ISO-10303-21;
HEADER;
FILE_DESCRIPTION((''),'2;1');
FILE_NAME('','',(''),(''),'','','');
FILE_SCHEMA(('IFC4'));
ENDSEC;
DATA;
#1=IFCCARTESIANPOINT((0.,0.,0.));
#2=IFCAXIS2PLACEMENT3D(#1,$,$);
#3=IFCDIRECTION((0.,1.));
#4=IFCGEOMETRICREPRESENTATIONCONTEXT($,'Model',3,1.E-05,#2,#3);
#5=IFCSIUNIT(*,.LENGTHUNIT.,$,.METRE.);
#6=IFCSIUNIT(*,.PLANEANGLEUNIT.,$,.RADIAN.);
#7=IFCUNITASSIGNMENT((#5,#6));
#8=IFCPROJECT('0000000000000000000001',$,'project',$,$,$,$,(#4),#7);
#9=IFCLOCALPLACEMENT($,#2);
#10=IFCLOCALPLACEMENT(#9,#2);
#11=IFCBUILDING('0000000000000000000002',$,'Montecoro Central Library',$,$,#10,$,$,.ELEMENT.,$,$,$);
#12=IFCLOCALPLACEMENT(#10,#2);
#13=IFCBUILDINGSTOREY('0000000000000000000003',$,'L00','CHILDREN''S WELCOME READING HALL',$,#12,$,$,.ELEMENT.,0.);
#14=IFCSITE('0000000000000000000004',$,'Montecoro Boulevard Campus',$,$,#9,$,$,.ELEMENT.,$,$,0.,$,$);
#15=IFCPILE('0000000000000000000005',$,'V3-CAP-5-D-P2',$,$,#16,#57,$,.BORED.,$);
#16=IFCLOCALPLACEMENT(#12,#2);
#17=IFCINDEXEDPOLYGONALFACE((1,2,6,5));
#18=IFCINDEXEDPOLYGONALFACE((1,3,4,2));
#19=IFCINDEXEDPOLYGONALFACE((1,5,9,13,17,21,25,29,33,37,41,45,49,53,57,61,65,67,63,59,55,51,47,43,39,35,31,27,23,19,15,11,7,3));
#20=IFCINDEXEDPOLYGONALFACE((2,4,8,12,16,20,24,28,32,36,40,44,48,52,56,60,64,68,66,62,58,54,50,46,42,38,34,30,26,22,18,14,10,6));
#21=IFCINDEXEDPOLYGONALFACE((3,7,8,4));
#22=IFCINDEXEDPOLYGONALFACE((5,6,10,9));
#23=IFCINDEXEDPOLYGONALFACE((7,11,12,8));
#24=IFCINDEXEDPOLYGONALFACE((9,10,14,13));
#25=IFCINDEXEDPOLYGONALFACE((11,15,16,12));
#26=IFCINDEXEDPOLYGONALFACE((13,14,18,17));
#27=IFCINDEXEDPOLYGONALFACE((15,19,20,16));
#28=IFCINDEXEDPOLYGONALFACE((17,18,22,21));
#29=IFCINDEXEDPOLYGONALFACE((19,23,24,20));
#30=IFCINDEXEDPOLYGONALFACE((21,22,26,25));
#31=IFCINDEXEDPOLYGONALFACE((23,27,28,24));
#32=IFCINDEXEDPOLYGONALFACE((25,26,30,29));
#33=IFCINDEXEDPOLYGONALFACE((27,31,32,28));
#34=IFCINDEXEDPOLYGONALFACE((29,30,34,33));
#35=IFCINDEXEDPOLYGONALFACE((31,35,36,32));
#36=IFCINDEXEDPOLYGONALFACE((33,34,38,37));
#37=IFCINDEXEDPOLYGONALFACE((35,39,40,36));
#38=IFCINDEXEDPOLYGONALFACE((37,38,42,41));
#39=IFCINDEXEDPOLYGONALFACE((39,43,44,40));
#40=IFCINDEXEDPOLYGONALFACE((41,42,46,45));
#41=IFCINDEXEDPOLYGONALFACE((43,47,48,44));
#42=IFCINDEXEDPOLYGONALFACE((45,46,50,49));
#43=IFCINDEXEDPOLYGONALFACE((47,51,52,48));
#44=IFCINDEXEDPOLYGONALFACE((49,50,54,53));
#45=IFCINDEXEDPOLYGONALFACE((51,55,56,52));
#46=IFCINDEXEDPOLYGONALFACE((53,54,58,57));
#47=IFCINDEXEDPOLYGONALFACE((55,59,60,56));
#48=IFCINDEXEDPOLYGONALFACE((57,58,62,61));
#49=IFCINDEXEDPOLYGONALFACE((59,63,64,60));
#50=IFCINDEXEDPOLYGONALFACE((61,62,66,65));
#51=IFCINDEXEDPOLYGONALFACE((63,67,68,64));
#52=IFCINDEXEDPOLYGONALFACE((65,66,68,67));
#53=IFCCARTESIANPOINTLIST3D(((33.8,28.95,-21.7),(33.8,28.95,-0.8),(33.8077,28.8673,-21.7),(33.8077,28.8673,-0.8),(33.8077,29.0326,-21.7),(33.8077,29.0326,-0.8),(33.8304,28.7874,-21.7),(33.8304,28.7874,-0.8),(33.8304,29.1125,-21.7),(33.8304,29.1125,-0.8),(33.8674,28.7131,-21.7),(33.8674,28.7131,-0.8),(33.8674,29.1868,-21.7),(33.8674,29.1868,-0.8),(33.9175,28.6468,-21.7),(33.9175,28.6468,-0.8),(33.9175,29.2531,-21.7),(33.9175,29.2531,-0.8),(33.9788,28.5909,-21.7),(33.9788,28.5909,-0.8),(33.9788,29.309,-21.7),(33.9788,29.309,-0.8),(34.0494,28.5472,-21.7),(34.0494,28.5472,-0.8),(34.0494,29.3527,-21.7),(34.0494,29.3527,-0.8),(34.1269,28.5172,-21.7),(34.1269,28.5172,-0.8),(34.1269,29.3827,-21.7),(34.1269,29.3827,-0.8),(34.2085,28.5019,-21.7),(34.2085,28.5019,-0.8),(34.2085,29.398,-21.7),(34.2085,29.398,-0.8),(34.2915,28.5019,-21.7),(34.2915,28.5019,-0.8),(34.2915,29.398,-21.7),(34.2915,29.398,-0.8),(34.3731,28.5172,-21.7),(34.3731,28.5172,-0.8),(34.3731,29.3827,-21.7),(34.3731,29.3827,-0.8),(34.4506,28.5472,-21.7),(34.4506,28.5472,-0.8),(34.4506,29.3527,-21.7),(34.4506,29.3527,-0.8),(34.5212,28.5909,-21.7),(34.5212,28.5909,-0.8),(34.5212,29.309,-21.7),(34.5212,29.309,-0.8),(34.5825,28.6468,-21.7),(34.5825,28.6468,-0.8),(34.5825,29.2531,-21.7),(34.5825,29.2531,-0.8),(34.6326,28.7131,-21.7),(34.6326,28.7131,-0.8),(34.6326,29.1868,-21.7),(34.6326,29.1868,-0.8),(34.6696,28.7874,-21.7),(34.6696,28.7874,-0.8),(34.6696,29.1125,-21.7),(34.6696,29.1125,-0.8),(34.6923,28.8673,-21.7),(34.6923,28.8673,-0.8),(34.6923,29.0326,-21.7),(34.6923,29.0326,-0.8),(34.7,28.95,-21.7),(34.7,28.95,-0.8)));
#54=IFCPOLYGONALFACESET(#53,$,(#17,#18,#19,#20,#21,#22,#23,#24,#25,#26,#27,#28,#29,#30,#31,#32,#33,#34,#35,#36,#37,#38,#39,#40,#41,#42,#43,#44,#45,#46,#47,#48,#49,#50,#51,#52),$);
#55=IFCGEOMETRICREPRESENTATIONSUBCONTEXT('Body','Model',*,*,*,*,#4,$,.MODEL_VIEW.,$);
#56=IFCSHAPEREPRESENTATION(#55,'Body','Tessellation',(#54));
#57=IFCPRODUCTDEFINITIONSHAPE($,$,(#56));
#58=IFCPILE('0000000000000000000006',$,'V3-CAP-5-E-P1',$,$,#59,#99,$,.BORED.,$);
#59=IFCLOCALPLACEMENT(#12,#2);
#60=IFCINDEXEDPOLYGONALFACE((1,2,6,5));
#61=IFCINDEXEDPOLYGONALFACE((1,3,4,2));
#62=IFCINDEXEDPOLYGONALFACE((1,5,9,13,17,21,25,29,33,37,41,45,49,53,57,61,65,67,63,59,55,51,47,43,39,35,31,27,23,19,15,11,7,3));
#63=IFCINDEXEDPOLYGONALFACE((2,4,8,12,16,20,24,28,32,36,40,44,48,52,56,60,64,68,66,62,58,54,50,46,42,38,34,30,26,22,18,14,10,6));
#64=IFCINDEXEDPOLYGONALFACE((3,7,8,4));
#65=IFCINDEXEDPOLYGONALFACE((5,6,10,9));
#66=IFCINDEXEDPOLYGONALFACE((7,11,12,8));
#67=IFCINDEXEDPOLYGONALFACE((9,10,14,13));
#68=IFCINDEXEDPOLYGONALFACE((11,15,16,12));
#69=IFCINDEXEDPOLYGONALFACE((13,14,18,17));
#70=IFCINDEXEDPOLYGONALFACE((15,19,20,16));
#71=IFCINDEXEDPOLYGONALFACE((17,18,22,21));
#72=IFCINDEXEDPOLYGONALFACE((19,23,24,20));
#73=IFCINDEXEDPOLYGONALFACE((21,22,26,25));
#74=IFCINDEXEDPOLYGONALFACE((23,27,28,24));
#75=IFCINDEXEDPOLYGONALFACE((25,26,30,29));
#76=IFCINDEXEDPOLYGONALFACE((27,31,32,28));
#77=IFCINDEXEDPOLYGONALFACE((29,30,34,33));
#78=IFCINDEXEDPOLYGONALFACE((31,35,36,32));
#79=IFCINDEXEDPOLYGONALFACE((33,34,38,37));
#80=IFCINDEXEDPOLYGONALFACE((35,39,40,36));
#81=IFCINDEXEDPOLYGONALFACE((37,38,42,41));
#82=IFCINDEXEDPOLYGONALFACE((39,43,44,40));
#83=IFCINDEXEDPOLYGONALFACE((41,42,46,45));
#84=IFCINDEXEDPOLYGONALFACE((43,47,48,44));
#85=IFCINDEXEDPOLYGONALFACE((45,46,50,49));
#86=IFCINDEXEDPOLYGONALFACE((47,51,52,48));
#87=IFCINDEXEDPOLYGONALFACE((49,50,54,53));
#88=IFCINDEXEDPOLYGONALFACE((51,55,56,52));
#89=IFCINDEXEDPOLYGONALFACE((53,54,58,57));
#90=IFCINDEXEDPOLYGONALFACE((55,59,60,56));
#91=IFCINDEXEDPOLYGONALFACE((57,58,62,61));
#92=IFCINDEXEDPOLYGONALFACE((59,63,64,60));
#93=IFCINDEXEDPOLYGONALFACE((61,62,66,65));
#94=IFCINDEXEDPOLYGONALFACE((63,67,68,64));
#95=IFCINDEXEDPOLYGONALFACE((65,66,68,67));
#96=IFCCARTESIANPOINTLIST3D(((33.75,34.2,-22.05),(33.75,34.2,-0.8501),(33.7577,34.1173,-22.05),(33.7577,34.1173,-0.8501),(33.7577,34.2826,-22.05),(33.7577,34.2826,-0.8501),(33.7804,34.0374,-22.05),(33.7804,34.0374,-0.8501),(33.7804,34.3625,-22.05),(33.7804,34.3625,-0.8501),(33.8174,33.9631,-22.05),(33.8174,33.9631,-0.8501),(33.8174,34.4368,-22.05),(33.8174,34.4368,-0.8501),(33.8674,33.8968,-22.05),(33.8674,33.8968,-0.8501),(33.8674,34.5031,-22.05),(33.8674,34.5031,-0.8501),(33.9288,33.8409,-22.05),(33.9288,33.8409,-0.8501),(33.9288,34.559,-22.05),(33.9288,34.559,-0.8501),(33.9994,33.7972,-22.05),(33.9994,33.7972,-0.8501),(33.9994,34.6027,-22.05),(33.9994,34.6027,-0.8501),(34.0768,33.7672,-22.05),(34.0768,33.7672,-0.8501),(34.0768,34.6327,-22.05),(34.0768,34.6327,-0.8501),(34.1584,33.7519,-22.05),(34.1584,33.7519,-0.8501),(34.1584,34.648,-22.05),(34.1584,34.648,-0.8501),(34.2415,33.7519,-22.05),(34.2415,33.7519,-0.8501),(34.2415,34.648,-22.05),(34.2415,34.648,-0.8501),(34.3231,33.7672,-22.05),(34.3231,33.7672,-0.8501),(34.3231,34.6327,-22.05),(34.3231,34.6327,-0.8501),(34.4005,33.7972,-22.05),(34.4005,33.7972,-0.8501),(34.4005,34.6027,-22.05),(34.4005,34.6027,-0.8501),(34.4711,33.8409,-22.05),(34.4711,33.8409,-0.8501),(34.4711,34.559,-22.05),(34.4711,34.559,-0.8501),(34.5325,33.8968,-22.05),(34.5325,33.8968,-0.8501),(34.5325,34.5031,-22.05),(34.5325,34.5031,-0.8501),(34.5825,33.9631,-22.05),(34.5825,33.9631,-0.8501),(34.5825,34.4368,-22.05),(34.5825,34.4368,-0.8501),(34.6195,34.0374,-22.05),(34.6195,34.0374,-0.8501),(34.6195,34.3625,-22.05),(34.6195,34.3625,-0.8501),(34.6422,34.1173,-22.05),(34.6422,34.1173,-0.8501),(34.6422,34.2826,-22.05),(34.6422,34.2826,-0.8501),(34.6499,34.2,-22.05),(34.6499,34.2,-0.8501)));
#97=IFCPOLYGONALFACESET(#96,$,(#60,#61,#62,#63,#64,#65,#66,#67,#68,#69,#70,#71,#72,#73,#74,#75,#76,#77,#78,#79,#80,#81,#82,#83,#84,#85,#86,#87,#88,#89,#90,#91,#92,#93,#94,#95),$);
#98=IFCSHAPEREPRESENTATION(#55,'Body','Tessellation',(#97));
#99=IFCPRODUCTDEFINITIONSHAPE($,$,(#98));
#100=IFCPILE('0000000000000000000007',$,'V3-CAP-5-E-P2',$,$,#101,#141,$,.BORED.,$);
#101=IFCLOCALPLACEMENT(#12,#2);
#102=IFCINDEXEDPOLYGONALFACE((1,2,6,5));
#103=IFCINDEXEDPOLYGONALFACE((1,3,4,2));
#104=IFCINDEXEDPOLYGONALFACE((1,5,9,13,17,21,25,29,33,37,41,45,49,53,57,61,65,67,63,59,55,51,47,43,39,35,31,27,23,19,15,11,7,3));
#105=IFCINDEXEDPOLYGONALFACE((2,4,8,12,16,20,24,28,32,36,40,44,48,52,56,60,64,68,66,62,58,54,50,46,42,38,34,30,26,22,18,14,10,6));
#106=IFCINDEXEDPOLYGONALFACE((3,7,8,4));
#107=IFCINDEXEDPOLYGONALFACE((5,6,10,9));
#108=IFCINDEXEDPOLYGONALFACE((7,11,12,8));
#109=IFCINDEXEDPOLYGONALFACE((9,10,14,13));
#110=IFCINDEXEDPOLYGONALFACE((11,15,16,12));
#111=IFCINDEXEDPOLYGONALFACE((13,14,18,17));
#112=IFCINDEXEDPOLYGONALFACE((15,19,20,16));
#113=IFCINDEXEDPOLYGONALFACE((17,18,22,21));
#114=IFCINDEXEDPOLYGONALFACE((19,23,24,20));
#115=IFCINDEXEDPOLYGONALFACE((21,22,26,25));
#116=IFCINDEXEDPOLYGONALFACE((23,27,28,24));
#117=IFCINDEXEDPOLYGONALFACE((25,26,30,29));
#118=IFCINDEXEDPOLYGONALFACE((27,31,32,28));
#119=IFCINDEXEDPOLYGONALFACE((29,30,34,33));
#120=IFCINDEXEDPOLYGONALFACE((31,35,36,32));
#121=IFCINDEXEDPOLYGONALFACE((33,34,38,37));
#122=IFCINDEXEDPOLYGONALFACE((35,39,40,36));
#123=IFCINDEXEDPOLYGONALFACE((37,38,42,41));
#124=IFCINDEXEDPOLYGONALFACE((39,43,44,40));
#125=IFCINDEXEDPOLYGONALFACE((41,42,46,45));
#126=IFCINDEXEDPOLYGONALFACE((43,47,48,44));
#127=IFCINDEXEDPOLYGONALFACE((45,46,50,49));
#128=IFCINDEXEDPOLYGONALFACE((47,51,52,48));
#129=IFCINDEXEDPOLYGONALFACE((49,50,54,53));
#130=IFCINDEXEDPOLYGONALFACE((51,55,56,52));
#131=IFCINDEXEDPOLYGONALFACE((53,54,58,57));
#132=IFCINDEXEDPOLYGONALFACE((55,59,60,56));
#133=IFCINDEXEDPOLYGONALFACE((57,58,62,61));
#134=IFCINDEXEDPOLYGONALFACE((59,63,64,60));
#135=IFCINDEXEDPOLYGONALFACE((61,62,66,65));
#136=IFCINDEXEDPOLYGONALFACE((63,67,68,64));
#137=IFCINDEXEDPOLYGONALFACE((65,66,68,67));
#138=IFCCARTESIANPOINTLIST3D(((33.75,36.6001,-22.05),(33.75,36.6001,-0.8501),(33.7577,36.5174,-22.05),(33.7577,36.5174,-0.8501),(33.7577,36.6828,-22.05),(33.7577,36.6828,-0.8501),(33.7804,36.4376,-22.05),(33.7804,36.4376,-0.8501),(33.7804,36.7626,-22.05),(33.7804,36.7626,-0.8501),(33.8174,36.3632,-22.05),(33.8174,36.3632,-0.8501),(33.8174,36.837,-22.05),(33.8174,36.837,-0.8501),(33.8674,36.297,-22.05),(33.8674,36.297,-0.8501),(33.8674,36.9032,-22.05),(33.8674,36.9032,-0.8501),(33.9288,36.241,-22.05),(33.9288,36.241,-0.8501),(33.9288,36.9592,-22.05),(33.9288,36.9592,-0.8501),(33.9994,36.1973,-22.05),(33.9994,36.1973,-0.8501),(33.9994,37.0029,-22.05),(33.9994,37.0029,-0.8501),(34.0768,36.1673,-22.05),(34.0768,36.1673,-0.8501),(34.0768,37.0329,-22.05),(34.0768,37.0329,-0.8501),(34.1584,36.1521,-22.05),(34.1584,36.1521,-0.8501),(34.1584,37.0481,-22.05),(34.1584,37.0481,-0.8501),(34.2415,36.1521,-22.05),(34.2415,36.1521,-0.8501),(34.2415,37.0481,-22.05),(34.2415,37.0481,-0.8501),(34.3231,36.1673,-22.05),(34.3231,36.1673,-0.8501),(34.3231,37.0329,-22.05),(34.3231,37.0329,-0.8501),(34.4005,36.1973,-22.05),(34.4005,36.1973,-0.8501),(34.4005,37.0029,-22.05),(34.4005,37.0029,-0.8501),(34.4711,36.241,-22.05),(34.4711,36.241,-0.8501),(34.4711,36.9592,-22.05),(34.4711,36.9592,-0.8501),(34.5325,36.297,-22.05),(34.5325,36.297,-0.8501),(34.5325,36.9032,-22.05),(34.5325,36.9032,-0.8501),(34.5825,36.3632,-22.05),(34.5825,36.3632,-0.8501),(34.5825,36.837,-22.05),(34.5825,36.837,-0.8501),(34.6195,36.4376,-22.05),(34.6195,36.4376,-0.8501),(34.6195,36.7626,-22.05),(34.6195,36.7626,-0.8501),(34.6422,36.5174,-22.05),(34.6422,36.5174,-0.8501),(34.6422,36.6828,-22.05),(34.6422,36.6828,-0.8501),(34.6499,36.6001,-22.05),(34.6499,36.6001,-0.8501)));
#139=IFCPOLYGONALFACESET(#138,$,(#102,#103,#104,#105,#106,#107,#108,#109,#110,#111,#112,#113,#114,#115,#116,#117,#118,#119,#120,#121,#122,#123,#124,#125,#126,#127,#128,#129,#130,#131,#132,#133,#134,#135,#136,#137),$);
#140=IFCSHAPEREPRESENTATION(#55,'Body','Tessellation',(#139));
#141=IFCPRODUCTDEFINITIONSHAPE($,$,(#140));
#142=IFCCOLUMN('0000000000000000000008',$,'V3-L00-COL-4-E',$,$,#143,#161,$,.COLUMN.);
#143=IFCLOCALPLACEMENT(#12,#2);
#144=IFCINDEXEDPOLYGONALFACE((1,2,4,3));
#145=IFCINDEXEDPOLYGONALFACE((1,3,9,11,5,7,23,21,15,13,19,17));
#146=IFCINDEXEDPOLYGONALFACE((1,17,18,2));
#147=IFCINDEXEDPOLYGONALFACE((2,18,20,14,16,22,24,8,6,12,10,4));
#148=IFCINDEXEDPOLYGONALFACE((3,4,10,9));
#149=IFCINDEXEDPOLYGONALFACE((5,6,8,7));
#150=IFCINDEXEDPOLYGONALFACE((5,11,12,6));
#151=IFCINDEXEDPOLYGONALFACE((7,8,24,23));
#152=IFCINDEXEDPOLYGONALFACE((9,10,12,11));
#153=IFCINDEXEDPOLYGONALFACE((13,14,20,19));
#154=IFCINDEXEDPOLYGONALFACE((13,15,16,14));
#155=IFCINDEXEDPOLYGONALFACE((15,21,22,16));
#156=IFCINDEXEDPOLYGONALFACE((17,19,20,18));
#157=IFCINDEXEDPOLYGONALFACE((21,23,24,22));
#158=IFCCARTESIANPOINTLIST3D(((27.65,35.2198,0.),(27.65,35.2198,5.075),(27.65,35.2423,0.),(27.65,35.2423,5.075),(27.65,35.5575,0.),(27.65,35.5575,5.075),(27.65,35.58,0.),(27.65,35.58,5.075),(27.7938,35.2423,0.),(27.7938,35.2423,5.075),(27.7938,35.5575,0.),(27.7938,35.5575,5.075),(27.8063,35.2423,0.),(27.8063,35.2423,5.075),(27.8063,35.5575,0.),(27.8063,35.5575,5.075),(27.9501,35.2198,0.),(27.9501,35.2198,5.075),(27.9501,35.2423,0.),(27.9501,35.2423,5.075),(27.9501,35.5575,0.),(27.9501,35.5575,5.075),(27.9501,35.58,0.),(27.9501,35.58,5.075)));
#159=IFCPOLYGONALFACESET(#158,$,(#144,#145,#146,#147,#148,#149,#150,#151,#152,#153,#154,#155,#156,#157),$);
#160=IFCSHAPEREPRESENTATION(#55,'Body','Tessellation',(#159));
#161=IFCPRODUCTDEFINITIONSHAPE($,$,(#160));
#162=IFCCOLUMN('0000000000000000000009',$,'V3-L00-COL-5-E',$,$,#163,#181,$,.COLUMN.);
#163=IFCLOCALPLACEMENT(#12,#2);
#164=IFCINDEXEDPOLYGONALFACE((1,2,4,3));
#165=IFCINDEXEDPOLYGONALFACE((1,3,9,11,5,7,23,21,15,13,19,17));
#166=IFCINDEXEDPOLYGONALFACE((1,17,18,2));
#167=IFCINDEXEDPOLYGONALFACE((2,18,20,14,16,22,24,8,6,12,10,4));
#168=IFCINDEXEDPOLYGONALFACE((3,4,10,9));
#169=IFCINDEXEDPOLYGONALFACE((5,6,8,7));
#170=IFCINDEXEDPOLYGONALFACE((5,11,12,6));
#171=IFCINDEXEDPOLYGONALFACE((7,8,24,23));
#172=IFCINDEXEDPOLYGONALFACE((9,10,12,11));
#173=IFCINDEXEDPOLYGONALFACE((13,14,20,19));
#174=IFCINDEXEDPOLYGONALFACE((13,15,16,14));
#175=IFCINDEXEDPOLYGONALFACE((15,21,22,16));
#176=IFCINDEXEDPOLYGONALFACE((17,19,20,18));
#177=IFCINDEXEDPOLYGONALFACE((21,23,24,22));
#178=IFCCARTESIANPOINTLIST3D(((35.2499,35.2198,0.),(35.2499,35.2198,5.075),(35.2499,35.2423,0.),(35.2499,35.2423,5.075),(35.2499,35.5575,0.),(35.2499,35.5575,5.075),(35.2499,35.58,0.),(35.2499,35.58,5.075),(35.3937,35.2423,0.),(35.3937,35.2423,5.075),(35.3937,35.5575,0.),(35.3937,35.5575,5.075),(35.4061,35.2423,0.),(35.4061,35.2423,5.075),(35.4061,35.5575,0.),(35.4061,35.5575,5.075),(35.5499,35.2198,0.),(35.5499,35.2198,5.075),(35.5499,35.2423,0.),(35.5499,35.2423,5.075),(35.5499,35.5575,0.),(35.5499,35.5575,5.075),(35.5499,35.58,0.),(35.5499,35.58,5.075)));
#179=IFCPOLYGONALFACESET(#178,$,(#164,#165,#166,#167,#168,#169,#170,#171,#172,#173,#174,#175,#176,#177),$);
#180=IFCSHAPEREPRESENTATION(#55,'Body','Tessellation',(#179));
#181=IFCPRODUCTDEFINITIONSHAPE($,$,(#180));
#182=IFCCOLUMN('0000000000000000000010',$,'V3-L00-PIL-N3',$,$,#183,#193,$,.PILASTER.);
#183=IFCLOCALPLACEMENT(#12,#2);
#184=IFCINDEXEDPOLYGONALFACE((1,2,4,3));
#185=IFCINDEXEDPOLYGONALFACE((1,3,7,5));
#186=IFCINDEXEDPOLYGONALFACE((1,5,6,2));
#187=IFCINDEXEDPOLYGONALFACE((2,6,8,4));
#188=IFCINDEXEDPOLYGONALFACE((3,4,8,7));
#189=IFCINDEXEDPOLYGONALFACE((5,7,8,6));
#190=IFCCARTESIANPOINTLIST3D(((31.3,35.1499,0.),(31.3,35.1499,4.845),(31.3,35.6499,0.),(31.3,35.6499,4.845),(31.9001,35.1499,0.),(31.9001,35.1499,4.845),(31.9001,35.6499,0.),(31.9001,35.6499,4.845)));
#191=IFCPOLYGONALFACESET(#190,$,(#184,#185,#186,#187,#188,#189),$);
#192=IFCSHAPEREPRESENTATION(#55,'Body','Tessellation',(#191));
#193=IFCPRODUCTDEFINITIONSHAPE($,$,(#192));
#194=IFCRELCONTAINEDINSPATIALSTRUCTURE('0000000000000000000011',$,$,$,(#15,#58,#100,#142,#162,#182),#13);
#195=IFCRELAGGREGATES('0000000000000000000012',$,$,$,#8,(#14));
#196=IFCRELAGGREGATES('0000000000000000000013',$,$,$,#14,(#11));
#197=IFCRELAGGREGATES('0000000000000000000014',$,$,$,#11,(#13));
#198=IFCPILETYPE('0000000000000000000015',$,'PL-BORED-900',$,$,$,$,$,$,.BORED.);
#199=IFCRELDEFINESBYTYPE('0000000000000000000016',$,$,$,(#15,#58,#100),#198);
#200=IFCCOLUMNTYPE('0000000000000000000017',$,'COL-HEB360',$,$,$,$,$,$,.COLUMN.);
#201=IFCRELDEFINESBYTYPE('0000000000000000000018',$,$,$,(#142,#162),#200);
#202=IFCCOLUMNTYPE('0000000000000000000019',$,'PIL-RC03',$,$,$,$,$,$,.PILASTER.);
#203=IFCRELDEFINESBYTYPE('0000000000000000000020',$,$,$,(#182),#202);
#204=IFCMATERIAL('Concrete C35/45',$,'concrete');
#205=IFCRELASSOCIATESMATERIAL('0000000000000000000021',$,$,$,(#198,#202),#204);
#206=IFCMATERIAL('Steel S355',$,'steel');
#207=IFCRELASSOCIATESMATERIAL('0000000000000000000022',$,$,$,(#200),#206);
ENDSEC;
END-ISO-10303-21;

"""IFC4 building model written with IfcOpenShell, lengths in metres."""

from ifc_helpers import new_model, si_unit, direction, frame, origin, origin_2d, place, context, subcontext, project, spatial, rectangle, circle, i_section, extrude, material, material_profile, profile_set, type_object, element, save


model = new_model("IFC4")

# Units and contexts
model_context = context("Model", 3, precision=1e-05, world=origin(), true_north=direction((0.0, 1.0)))
body_context = subcontext(model_context, "Body", "Model", "MODEL_VIEW")
ifc_project = project(units=[si_unit("LENGTHUNIT", "METRE"), si_unit("PLANEANGLEUNIT", "RADIAN")], contexts=[model_context])

# Site, building, storey
site_placement = place(None, origin())
site = spatial("IfcSite", under=ifc_project, at=site_placement, Name="Montecoro Boulevard Campus", CompositionType="ELEMENT", RefElevation=0.0)
building_placement = place(site_placement, origin())
building = spatial("IfcBuilding", under=site, at=building_placement, Name="Montecoro Central Library", CompositionType="ELEMENT")
storey_placement = place(building_placement, origin())
storey = spatial("IfcBuildingStorey", under=building, at=storey_placement, Name="L00", Description="CHILDREN'S WELCOME READING HALL", CompositionType="ELEMENT", Elevation=0.0)

# Shared definitions
ifc_material_1 = material(Name="Concrete C35/45", Category="concrete")

# Piles
ifc_material_profile_1 = material_profile(ifc_material_1, circle(Radius=0.45, at=origin_2d()), Name="PILE D900")
ifc_profile_set_1 = profile_set([ifc_material_profile_1], Name="Concrete C35/45")
pile_type_1 = type_object("IfcPileType", Name="PL-BORED-900", PredefinedType="BORED", material=ifc_profile_set_1)
pile_1_placement = place(storey_placement, frame((34.25, 28.95, -0.8), z_axis=(0.0, 0.0, -1.0), x_axis=(1.0, 0.0, 0.0)))
element("IfcPile", 1, at=pile_1_placement, inside=storey, type_object=pile_type_1, Name="V3-CAP-5-D-P2", PredefinedType="BORED", context=body_context, shape_type="SweptSolid", body=[
    extrude(circle(Radius=0.45, at=origin_2d()), origin(), (0.0, 0.0, 1.0), 20.8999),
])
for number, where, z_axis, x_axis, name in (
    (2, (34.2, 34.2, -0.8501), (0.0, 0.0, -1.0), (1.0, 0.0, 0.0), "V3-CAP-5-E-P1"),
    (3, (34.2, 36.6001, -0.8501), (0.0, 0.0, -1.0), (1.0, 0.0, 0.0), "V3-CAP-5-E-P2"),
):
    element("IfcPile", number, at=place(storey_placement, frame(where, z_axis=z_axis, x_axis=x_axis)), inside=storey, type_object=pile_type_1, Name=name, PredefinedType="BORED", context=body_context, shape_type="SweptSolid", body=[
        extrude(circle(Radius=0.45, at=origin_2d()), origin(), (0.0, 0.0, 1.0), 21.2),
    ])

# Columns
ifc_material_2 = material(Name="Steel S355", Category="steel")
ifc_material_profile_2 = material_profile(ifc_material_2, i_section(OverallWidth=0.3, OverallDepth=0.3601, WebThickness=0.0125, FlangeThickness=0.0225, at=origin_2d()), Name="HEB 360")
ifc_profile_set_2 = profile_set([ifc_material_profile_2], Name="Steel S355")
column_type_1 = type_object("IfcColumnType", Name="COL-HEB360", PredefinedType="COLUMN", material=ifc_profile_set_2)
for number, where, z_axis, x_axis, name in (
    (4, (27.8, 35.3999, 0.0), (0.0, 0.0, 1.0), (1.0, 0.0, 0.0), "V3-L00-COL-4-E"),
    (5, (35.3999, 35.3999, 0.0), (0.0, 0.0, 1.0), (1.0, 0.0, 0.0), "V3-L00-COL-5-E"),
):
    element("IfcColumn", number, at=place(storey_placement, frame(where, z_axis=z_axis, x_axis=x_axis)), inside=storey, type_object=column_type_1, Name=name, PredefinedType="COLUMN", context=body_context, shape_type="SweptSolid", body=[
        extrude(i_section(OverallWidth=0.3, OverallDepth=0.3601, WebThickness=0.0125, FlangeThickness=0.0225, at=origin_2d()), origin(), (0.0, 0.0, 1.0), 5.075),
    ])
ifc_material_profile_3 = material_profile(ifc_material_1, rectangle(XDim=0.6001, YDim=0.5, at=origin_2d()), Name="RC PIL 600x500")
ifc_profile_set_3 = profile_set([ifc_material_profile_3], Name="Concrete C35/45")
column_type_2 = type_object("IfcColumnType", Name="PIL-RC03", PredefinedType="PILASTER", material=ifc_profile_set_3)
column_placement = place(storey_placement, frame((31.6001, 35.3999, 0.0), z_axis=(0.0, 0.0, 1.0), x_axis=(1.0, 0.0, 0.0)))
element("IfcColumn", 6, at=column_placement, inside=storey, type_object=column_type_2, Name="V3-L00-PIL-N3", PredefinedType="PILASTER", context=body_context, shape_type="SweptSolid", body=[
    extrude(rectangle(XDim=0.6001, YDim=0.5, at=origin_2d()), origin(), (0.0, 0.0, 1.0), 4.845),
])

save(model, "model.ifc")
